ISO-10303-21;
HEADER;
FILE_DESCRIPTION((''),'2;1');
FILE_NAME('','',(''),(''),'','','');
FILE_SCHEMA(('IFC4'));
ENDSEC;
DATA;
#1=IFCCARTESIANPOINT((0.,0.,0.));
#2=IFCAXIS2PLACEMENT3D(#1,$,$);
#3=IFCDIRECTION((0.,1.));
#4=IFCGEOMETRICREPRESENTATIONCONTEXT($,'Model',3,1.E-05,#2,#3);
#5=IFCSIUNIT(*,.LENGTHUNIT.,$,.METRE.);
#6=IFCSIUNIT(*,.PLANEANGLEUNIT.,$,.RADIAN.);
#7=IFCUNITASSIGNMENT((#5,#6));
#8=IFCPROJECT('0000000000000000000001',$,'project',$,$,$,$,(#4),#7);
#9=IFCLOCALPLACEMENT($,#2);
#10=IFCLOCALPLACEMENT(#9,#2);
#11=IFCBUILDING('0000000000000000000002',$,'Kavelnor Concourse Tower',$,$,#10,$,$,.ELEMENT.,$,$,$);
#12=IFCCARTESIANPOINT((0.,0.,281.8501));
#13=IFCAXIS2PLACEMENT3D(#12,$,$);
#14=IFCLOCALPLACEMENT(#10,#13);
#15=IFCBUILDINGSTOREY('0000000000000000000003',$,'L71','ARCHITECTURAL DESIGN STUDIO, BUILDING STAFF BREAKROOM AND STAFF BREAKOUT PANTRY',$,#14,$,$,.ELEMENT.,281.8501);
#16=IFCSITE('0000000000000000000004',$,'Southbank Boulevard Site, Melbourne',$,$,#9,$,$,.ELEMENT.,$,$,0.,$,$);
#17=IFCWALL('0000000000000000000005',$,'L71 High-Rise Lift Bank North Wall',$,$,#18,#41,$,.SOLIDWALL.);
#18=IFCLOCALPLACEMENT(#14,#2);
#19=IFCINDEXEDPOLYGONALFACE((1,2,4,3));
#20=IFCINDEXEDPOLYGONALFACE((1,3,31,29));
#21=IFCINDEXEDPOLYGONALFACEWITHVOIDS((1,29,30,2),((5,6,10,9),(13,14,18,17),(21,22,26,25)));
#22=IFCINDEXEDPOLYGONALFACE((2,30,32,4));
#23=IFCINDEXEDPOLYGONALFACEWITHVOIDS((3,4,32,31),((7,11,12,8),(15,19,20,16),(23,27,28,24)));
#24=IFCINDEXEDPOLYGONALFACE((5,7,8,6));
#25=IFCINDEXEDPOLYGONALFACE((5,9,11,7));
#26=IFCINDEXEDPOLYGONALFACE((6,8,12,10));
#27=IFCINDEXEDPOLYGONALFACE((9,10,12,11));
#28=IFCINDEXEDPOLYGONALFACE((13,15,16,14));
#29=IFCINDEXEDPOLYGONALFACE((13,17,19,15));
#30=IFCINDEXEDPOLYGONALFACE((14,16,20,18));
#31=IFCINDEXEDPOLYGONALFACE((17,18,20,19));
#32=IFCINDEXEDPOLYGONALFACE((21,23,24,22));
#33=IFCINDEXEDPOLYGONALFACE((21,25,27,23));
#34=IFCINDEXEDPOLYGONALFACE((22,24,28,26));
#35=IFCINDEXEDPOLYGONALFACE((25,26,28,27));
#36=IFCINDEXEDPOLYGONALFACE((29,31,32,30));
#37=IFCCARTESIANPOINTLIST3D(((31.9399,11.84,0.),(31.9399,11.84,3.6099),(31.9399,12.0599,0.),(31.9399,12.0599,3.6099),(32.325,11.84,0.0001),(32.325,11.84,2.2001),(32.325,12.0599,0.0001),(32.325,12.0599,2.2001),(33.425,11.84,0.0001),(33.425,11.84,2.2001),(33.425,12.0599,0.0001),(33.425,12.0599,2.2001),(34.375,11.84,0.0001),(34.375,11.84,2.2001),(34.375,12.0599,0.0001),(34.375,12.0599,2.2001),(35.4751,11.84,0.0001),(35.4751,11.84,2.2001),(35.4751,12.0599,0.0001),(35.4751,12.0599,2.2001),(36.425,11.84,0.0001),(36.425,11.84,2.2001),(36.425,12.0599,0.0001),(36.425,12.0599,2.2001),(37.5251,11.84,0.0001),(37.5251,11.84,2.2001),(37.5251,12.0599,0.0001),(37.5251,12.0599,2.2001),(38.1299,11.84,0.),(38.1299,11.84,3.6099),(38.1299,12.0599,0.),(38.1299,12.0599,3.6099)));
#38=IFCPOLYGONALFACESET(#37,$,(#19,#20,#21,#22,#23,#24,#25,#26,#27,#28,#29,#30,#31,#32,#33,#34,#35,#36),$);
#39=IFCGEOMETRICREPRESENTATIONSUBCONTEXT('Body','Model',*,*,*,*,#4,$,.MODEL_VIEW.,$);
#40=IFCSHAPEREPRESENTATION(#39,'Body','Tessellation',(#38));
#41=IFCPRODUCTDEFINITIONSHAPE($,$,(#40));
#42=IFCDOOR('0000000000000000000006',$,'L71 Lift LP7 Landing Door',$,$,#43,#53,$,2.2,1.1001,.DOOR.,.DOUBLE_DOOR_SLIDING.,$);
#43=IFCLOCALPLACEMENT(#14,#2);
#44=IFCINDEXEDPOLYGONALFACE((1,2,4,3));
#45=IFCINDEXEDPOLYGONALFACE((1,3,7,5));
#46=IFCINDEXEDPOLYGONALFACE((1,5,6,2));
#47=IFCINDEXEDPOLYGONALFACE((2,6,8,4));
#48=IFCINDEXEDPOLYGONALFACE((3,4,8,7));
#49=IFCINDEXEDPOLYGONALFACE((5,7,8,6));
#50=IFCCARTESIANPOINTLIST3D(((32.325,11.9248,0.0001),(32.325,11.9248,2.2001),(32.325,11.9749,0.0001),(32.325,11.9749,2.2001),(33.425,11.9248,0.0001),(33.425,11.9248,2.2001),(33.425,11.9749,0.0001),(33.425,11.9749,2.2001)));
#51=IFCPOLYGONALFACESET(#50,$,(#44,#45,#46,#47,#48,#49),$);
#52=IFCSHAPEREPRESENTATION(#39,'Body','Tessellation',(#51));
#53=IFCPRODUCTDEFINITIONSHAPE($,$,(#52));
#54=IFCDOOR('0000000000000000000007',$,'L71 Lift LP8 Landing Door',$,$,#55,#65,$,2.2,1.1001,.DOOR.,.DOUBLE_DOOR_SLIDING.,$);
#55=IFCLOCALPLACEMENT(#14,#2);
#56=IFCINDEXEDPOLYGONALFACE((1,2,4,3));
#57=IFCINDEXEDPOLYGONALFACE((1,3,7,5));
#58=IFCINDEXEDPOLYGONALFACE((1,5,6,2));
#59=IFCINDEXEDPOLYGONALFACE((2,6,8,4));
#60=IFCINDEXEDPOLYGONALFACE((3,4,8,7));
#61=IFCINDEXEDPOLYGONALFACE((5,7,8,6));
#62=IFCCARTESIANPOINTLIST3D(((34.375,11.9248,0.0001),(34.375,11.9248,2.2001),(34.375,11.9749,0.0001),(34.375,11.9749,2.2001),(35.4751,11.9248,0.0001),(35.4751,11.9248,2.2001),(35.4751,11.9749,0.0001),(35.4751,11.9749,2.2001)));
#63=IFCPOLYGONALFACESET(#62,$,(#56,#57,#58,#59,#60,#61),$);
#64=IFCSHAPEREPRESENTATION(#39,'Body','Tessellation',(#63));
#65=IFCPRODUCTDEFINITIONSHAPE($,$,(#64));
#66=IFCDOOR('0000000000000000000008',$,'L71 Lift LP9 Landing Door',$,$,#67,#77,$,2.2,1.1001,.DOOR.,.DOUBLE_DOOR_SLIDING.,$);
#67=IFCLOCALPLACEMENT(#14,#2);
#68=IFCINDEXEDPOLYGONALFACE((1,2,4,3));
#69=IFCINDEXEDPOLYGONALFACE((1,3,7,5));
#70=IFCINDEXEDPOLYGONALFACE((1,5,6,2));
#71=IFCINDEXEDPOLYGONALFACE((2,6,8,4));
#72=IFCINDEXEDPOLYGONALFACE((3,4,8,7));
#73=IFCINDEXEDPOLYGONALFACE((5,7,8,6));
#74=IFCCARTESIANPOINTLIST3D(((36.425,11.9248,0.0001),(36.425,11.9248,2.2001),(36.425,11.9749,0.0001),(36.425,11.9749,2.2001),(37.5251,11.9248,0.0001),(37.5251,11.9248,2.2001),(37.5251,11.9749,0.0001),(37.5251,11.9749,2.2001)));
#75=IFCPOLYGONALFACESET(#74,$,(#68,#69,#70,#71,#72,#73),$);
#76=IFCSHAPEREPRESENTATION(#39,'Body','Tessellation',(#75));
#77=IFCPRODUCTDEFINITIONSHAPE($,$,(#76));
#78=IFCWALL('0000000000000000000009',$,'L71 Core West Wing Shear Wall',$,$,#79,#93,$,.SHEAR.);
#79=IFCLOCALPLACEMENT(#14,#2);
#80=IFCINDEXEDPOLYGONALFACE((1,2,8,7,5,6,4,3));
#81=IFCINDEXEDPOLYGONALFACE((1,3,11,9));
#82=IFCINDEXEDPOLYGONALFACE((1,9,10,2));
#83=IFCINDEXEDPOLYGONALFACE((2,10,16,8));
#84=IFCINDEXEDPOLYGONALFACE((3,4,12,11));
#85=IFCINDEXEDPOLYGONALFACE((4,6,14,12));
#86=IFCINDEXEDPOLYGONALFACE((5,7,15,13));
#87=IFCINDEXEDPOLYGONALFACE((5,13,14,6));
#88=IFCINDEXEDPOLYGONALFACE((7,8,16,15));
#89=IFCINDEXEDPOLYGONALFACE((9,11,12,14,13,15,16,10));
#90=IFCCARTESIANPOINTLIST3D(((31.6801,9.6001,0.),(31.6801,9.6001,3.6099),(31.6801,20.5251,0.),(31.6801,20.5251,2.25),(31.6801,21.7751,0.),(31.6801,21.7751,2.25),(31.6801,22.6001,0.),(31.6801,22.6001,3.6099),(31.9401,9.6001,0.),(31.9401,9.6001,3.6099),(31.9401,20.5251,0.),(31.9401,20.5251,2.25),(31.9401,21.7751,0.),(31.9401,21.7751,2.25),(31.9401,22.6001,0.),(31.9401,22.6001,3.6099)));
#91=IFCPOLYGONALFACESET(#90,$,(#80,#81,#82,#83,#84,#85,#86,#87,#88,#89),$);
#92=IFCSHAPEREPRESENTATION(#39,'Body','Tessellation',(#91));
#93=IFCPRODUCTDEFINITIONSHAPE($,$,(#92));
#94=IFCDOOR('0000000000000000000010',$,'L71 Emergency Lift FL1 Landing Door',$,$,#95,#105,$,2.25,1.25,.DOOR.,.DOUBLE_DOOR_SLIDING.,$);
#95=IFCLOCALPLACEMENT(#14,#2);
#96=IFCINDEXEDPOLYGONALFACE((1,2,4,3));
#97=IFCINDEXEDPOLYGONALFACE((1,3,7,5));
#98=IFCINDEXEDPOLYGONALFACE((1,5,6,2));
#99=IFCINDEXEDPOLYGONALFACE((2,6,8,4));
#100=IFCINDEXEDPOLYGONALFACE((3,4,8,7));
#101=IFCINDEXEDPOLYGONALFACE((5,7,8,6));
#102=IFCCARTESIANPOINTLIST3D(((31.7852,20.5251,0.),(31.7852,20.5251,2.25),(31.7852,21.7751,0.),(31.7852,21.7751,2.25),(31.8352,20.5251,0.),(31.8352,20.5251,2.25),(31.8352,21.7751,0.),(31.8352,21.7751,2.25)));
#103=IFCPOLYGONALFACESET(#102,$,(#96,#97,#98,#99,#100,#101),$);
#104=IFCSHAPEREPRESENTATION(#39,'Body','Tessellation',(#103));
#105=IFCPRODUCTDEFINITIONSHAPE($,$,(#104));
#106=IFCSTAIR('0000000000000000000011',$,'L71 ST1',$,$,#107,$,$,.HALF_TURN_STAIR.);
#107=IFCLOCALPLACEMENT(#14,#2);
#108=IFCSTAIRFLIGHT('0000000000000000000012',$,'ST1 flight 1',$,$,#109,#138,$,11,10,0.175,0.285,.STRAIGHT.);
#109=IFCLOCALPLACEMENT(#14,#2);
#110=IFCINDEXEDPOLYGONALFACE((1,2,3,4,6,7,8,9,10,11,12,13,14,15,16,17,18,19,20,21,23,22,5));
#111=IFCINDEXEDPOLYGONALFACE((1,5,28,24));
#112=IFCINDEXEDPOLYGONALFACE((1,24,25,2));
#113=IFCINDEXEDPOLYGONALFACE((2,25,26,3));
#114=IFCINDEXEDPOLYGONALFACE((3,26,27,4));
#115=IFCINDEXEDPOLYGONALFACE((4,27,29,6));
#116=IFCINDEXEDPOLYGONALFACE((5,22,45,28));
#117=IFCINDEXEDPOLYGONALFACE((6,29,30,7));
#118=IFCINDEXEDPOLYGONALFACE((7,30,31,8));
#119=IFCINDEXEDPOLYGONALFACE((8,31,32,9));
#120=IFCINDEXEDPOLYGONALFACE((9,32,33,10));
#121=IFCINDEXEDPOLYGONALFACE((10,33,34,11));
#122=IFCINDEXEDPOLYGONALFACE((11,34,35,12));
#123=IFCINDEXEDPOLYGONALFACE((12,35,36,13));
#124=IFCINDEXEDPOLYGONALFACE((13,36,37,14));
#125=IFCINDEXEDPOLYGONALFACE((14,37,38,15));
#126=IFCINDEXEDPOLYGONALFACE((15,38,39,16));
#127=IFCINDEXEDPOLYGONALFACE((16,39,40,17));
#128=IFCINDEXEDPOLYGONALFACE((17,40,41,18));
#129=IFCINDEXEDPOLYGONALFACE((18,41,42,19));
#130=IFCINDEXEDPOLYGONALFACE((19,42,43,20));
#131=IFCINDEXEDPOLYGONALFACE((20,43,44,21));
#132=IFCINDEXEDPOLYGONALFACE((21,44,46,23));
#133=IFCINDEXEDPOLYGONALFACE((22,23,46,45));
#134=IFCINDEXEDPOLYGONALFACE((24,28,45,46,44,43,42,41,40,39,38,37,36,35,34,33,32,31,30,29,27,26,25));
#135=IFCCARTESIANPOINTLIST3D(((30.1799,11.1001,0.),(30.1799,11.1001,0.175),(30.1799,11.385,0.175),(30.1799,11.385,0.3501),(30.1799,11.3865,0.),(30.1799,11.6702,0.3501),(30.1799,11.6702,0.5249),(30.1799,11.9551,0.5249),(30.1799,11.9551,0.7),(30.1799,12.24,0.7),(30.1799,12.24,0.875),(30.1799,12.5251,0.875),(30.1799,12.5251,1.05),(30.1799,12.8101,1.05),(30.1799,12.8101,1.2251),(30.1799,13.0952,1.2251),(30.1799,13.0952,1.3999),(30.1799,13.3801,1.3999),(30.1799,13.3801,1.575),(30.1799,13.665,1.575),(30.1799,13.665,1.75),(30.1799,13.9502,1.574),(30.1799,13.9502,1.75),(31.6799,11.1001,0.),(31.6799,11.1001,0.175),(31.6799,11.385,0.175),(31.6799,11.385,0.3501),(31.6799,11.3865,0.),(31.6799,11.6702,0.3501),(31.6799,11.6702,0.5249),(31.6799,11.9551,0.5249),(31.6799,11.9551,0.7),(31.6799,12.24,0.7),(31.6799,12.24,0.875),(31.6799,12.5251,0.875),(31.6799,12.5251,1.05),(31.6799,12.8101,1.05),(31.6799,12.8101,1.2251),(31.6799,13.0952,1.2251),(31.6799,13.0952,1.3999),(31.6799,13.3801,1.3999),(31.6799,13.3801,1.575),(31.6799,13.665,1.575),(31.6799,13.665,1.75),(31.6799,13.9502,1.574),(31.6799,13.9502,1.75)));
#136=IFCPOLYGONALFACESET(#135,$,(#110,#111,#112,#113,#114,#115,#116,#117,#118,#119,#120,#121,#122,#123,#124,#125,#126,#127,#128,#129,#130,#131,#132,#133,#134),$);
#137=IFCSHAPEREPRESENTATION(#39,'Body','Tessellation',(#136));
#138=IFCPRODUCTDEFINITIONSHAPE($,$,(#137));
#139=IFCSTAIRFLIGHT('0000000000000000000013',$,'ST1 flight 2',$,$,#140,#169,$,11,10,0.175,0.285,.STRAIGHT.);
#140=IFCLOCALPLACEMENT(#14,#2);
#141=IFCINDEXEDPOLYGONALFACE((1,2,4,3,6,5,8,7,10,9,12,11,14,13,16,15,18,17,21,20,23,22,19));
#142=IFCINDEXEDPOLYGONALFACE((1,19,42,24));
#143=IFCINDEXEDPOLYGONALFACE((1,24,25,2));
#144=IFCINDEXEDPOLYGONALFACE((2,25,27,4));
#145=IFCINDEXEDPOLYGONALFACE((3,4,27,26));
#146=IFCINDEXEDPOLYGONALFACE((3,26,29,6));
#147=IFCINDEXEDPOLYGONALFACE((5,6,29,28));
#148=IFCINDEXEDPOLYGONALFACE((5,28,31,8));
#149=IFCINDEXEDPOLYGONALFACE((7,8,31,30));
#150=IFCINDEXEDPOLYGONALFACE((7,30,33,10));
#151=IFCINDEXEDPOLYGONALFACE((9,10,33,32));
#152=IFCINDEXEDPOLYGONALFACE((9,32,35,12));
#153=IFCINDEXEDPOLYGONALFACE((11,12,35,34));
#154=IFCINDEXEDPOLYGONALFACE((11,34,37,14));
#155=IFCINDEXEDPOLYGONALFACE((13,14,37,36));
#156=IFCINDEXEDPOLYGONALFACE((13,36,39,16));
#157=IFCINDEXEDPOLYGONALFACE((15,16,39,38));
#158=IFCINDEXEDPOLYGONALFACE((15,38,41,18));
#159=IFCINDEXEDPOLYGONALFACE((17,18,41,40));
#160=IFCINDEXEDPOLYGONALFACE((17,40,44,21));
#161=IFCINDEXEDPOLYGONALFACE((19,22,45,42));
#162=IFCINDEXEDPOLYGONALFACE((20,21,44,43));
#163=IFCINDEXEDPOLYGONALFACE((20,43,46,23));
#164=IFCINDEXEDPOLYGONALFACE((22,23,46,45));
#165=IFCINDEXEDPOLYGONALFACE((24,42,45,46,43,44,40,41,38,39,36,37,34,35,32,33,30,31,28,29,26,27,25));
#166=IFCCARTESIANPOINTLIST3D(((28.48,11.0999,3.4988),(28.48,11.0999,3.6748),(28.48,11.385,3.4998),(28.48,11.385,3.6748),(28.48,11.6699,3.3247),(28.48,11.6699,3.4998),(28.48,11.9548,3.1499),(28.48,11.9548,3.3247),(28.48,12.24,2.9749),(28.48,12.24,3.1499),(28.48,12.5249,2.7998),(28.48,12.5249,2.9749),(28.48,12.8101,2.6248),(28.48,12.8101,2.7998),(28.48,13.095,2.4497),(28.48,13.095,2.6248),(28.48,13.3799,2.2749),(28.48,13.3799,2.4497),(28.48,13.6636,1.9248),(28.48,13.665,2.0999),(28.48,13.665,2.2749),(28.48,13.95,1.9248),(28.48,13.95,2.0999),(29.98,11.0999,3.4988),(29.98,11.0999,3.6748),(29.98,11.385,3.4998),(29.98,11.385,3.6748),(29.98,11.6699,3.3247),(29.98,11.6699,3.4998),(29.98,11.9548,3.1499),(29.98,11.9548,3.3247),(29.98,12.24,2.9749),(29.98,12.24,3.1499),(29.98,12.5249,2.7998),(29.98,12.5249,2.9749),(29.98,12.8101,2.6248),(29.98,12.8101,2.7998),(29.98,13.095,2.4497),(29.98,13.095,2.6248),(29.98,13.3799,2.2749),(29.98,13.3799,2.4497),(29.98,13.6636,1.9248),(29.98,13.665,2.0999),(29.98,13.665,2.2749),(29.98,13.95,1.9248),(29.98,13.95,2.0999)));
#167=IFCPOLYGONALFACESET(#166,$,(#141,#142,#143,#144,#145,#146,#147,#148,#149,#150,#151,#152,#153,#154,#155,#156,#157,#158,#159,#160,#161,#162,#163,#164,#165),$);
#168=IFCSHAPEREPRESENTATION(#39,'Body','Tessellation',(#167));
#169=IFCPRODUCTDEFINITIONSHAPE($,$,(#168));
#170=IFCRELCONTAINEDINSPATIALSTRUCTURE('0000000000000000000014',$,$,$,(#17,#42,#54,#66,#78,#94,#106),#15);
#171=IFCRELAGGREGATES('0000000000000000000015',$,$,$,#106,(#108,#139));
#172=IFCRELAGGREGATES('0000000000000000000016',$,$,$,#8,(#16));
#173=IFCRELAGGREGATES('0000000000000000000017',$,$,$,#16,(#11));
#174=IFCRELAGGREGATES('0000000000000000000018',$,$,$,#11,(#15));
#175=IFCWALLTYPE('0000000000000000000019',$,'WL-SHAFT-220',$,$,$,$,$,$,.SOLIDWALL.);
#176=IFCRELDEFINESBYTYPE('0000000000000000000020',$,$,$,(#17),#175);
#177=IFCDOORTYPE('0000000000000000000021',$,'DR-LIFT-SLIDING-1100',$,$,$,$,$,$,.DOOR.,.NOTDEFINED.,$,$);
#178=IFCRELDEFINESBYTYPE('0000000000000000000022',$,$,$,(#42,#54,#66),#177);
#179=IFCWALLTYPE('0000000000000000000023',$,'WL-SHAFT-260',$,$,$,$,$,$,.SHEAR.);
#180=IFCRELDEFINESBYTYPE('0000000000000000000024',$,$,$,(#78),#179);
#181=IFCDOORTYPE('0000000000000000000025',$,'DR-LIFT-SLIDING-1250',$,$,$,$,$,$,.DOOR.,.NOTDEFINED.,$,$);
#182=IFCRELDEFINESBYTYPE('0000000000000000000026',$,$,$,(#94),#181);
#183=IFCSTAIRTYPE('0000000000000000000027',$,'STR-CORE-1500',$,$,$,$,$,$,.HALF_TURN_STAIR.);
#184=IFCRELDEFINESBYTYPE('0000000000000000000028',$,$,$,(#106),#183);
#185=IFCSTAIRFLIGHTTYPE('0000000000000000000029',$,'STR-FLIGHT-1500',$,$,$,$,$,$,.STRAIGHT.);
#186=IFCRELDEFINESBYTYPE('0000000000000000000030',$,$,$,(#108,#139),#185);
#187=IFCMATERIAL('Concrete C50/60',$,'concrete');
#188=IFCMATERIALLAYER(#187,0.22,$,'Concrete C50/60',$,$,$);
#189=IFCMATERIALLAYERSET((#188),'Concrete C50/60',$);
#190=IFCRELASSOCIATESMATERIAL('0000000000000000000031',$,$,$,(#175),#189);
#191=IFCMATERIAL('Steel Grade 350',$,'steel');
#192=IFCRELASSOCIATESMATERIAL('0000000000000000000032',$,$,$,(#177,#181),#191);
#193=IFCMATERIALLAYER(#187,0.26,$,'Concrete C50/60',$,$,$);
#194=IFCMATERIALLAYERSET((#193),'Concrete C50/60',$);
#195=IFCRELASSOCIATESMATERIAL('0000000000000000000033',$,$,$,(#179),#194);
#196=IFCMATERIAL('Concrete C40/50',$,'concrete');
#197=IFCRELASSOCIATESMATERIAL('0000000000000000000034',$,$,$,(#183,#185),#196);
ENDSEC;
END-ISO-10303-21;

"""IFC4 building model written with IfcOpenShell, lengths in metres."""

from ifc_helpers import new_model, si_unit, direction, frame, frame_2d, origin, place, context, subcontext, project, spatial, polyline, rectangle, outline, extrude, material, layer, layer_set, type_object, element, fill, aggregate, save


model = new_model("IFC4")

# Units and contexts
model_context = context("Model", 3, precision=1e-05, world=origin(), true_north=direction((0.0, 1.0)))
body_context = subcontext(model_context, "Body", "Model", "MODEL_VIEW")
ifc_project = project(units=[si_unit("LENGTHUNIT", "METRE"), si_unit("PLANEANGLEUNIT", "RADIAN")], contexts=[model_context])

# Site, building, storey
site_placement = place(None, origin())
site = spatial("IfcSite", under=ifc_project, at=site_placement, Name="Southbank Boulevard Site, Melbourne", CompositionType="ELEMENT", RefElevation=0.0)
building_placement = place(site_placement, origin())
building = spatial("IfcBuilding", under=site, at=building_placement, Name="Kavelnor Concourse Tower", CompositionType="ELEMENT")
storey_placement = place(building_placement, frame((0.0, 0.0, 281.8501)))
storey = spatial("IfcBuildingStorey", under=building, at=storey_placement, Name="L71", Description="ARCHITECTURAL DESIGN STUDIO, BUILDING STAFF BREAKROOM AND STAFF BREAKOUT PANTRY", CompositionType="ELEMENT", Elevation=281.8501)

# Shared definitions
ifc_material_1 = material(Name="Steel Grade 350", Category="steel")

# Shared definitions
ifc_material_2 = material(Name="Concrete C50/60", Category="concrete")

# Wall, openings, doors
ifc_layer_1 = layer(ifc_material_2, 0.22, Name="Concrete C50/60")
ifc_layer_set_1 = layer_set([ifc_layer_1], Name="Concrete C50/60")
wall_type_1 = type_object("IfcWallType", Name="WL-SHAFT-220", PredefinedType="SOLIDWALL", material=ifc_layer_set_1)
wall_1_placement = place(storey_placement, frame((31.9399, 11.95, 0.0), z_axis=(0.0, 0.0, 1.0), x_axis=(1.0, 0.0, 0.0)))
wall_1 = element("IfcWall", 1, at=wall_1_placement, inside=storey, type_object=wall_type_1, Name="L71 High-Rise Lift Bank North Wall", PredefinedType="SOLIDWALL", context=body_context, shape_type="SweptSolid", body=[
    extrude(rectangle(XDim=6.1899, YDim=0.22, at=frame_2d((3.095, 0.0))), origin(), (0.0, 0.0, 1.0), 3.6099),
])
opening_1_placement = place(wall_1_placement, frame((0.385, 0.0, 0.0)))
opening_1 = element("IfcOpeningElement", 2, at=opening_1_placement, cuts=wall_1, PredefinedType="OPENING", context=body_context, shape_type="SweptSolid", body=[
    extrude(rectangle(XDim=1.1001, YDim=2.2, at=frame_2d((0.55, 1.1001))), frame((0.0, 0.1201, 0.0), z_axis=(0.0, -1.0, 0.0), x_axis=(1.0, 0.0, 0.0)), (0.0, 0.0, 1.0), 0.24),
])
opening_2_placement = place(wall_1_placement, frame((2.4351, 0.0, 0.0)))
opening_2 = element("IfcOpeningElement", 3, at=opening_2_placement, cuts=wall_1, PredefinedType="OPENING", context=body_context, shape_type="SweptSolid", body=[
    extrude(rectangle(XDim=1.1001, YDim=2.2, at=frame_2d((0.55, 1.1001))), frame((0.0, 0.1201, 0.0), z_axis=(0.0, -1.0, 0.0), x_axis=(1.0, 0.0, 0.0)), (0.0, 0.0, 1.0), 0.24),
])
opening_3_placement = place(wall_1_placement, frame((4.4851, 0.0, 0.0)))
opening_3 = element("IfcOpeningElement", 4, at=opening_3_placement, cuts=wall_1, PredefinedType="OPENING", context=body_context, shape_type="SweptSolid", body=[
    extrude(rectangle(XDim=1.1001, YDim=2.2, at=frame_2d((0.55, 1.1001))), frame((0.0, 0.1201, 0.0), z_axis=(0.0, -1.0, 0.0), x_axis=(1.0, 0.0, 0.0)), (0.0, 0.0, 1.0), 0.24),
])
door_type_1 = type_object("IfcDoorType", Name="DR-LIFT-SLIDING-1100", OperationType="NOTDEFINED", PredefinedType="DOOR", material=ifc_material_1)
door_1_placement = place(opening_1_placement, origin())
door_1 = element("IfcDoor", 5, at=door_1_placement, inside=storey, type_object=door_type_1, Name="L71 Lift LP7 Landing Door", OperationType="DOUBLE_DOOR_SLIDING", OverallHeight=2.2, OverallWidth=1.1001, PredefinedType="DOOR", context=body_context, shape_type="SweptSolid", body=[
    extrude(rectangle(XDim=1.1001, YDim=2.2, at=frame_2d((0.55, 1.1001))), frame((0.0, 0.0249, 0.0), z_axis=(0.0, -1.0, 0.0), x_axis=(1.0, 0.0, 0.0)), (0.0, 0.0, 1.0), 0.05),
])
fill(opening_1, door_1)
door_2_placement = place(opening_2_placement, origin())
door_2 = element("IfcDoor", 6, at=door_2_placement, inside=storey, type_object=door_type_1, Name="L71 Lift LP8 Landing Door", OperationType="DOUBLE_DOOR_SLIDING", OverallHeight=2.2, OverallWidth=1.1001, PredefinedType="DOOR", context=body_context, shape_type="SweptSolid", body=[
    extrude(rectangle(XDim=1.1001, YDim=2.2, at=frame_2d((0.55, 1.1001))), frame((0.0, 0.0249, 0.0), z_axis=(0.0, -1.0, 0.0), x_axis=(1.0, 0.0, 0.0)), (0.0, 0.0, 1.0), 0.05),
])
fill(opening_2, door_2)
door_3_placement = place(opening_3_placement, origin())
door_3 = element("IfcDoor", 7, at=door_3_placement, inside=storey, type_object=door_type_1, Name="L71 Lift LP9 Landing Door", OperationType="DOUBLE_DOOR_SLIDING", OverallHeight=2.2, OverallWidth=1.1001, PredefinedType="DOOR", context=body_context, shape_type="SweptSolid", body=[
    extrude(rectangle(XDim=1.1001, YDim=2.2, at=frame_2d((0.55, 1.1001))), frame((0.0, 0.0249, 0.0), z_axis=(0.0, -1.0, 0.0), x_axis=(1.0, 0.0, 0.0)), (0.0, 0.0, 1.0), 0.05),
])
fill(opening_3, door_3)

# Wall, opening, door
ifc_layer_2 = layer(ifc_material_2, 0.26, Name="Concrete C50/60")
ifc_layer_set_2 = layer_set([ifc_layer_2], Name="Concrete C50/60")
wall_type_2 = type_object("IfcWallType", Name="WL-SHAFT-260", PredefinedType="SHEAR", material=ifc_layer_set_2)
wall_2_placement = place(storey_placement, frame((31.8101, 9.6001, 0.0), z_axis=(0.0, 0.0, 1.0), x_axis=(0.0, 1.0, 0.0)))
wall_2 = element("IfcWall", 8, at=wall_2_placement, inside=storey, type_object=wall_type_2, Name="L71 Core West Wing Shear Wall", PredefinedType="SHEAR", context=body_context, shape_type="SweptSolid", body=[
    extrude(rectangle(XDim=13.0, YDim=0.26, at=frame_2d((6.5, 0.0))), origin(), (0.0, 0.0, 1.0), 3.6099),
])
opening_4_placement = place(wall_2_placement, frame((10.925, 0.0, 0.0)))
opening_4 = element("IfcOpeningElement", 9, at=opening_4_placement, cuts=wall_2, PredefinedType="OPENING", context=body_context, shape_type="SweptSolid", body=[
    extrude(rectangle(XDim=1.25, YDim=2.25, at=frame_2d((0.625, 1.125))), frame((0.0, 0.1401, 0.0), z_axis=(0.0, -1.0, 0.0), x_axis=(1.0, 0.0, 0.0)), (0.0, 0.0, 1.0), 0.28),
])
door_type_2 = type_object("IfcDoorType", Name="DR-LIFT-SLIDING-1250", OperationType="NOTDEFINED", PredefinedType="DOOR", material=ifc_material_1)
door_4_placement = place(opening_4_placement, origin())
door_4 = element("IfcDoor", 10, at=door_4_placement, inside=storey, type_object=door_type_2, Name="L71 Emergency Lift FL1 Landing Door", OperationType="DOUBLE_DOOR_SLIDING", OverallHeight=2.25, OverallWidth=1.25, PredefinedType="DOOR", context=body_context, shape_type="SweptSolid", body=[
    extrude(rectangle(XDim=1.25, YDim=2.25, at=frame_2d((0.625, 1.125))), frame((0.0, 0.0249, 0.0), z_axis=(0.0, -1.0, 0.0), x_axis=(1.0, 0.0, 0.0)), (0.0, 0.0, 1.0), 0.05),
])
fill(opening_4, door_4)

# Stair, stair flights
ifc_material_3 = material(Name="Concrete C40/50", Category="concrete")
stair_type = type_object("IfcStairType", Name="STR-CORE-1500", PredefinedType="HALF_TURN_STAIR", material=ifc_material_3)
stair_placement = place(storey_placement, origin())
stair = element("IfcStair", 11, at=stair_placement, inside=storey, type_object=stair_type, Name="L71 ST1", PredefinedType="HALF_TURN_STAIR")
stair_flight_type = type_object("IfcStairFlightType", Name="STR-FLIGHT-1500", PredefinedType="STRAIGHT", material=ifc_material_3)
stair_flight_1_placement = place(storey_placement, frame((30.9299, 11.1001, 0.0), z_axis=(0.0, 0.0, 1.0), x_axis=(0.0, 1.0, 0.0)))
stair_flight_1 = element("IfcStairFlight", 12, at=stair_flight_1_placement, type_object=stair_flight_type, Name="ST1 flight 1", NumberOfRisers=11, NumberOfTreads=10, PredefinedType="STRAIGHT", RiserHeight=0.175, TreadLength=0.285, context=body_context, shape_type="SweptSolid", body=[
    extrude(outline(polyline([(0.0, 0.0), (0.0, 0.175), (0.2849, 0.175), (0.2849, 0.3501), (0.5701, 0.3501), (0.5701, 0.5249), (0.855, 0.5249), (0.855, 0.7), (1.1399, 0.7), (1.1399, 0.875), (1.425, 0.875), (1.425, 1.05), (1.71, 1.05), (1.71, 1.2251), (1.9951, 1.2251), (1.9951, 1.3999), (2.28, 1.3999), (2.28, 1.575), (2.5649, 1.575), (2.5649, 1.75), (2.8501, 1.75), (2.8501, 1.925), (2.8501, 1.574), (0.2864, 0.0), (0.0, 0.0)])), frame((0.0, 0.75, 0.0), z_axis=(0.0, -1.0, 0.0), x_axis=(1.0, 0.0, 0.0)), (0.0, 0.0, 1.0), 1.5),
])
stair_flight_2_placement = place(storey_placement, frame((29.23, 13.95, 1.9248), z_axis=(0.0, 0.0, 1.0), x_axis=(0.0, -1.0, 0.0)))
stair_flight_2 = element("IfcStairFlight", 13, at=stair_flight_2_placement, type_object=stair_flight_type, Name="ST1 flight 2", NumberOfRisers=11, NumberOfTreads=10, PredefinedType="STRAIGHT", RiserHeight=0.175, TreadLength=0.285, context=body_context, shape_type="SweptSolid", body=[
    extrude(outline(polyline([(0.0, 0.0), (0.0, 0.175), (0.2849, 0.175), (0.2849, 0.3501), (0.5701, 0.3501), (0.5701, 0.5249), (0.855, 0.5249), (0.855, 0.7), (1.1399, 0.7), (1.1399, 0.875), (1.425, 0.875), (1.425, 1.05), (1.71, 1.05), (1.71, 1.2251), (1.9951, 1.2251), (1.9951, 1.3999), (2.28, 1.3999), (2.28, 1.575), (2.5649, 1.575), (2.5649, 1.75), (2.8501, 1.75), (2.8501, 1.925), (2.8501, 1.574), (0.2864, 0.0), (0.0, 0.0)])), frame((0.0, 0.75, 0.0), z_axis=(0.0, -1.0, 0.0), x_axis=(1.0, 0.0, 0.0)), (0.0, 0.0, 1.0), 1.5),
])
aggregate(stair, [stair_flight_1, stair_flight_2])

save(model, "model.ifc")
